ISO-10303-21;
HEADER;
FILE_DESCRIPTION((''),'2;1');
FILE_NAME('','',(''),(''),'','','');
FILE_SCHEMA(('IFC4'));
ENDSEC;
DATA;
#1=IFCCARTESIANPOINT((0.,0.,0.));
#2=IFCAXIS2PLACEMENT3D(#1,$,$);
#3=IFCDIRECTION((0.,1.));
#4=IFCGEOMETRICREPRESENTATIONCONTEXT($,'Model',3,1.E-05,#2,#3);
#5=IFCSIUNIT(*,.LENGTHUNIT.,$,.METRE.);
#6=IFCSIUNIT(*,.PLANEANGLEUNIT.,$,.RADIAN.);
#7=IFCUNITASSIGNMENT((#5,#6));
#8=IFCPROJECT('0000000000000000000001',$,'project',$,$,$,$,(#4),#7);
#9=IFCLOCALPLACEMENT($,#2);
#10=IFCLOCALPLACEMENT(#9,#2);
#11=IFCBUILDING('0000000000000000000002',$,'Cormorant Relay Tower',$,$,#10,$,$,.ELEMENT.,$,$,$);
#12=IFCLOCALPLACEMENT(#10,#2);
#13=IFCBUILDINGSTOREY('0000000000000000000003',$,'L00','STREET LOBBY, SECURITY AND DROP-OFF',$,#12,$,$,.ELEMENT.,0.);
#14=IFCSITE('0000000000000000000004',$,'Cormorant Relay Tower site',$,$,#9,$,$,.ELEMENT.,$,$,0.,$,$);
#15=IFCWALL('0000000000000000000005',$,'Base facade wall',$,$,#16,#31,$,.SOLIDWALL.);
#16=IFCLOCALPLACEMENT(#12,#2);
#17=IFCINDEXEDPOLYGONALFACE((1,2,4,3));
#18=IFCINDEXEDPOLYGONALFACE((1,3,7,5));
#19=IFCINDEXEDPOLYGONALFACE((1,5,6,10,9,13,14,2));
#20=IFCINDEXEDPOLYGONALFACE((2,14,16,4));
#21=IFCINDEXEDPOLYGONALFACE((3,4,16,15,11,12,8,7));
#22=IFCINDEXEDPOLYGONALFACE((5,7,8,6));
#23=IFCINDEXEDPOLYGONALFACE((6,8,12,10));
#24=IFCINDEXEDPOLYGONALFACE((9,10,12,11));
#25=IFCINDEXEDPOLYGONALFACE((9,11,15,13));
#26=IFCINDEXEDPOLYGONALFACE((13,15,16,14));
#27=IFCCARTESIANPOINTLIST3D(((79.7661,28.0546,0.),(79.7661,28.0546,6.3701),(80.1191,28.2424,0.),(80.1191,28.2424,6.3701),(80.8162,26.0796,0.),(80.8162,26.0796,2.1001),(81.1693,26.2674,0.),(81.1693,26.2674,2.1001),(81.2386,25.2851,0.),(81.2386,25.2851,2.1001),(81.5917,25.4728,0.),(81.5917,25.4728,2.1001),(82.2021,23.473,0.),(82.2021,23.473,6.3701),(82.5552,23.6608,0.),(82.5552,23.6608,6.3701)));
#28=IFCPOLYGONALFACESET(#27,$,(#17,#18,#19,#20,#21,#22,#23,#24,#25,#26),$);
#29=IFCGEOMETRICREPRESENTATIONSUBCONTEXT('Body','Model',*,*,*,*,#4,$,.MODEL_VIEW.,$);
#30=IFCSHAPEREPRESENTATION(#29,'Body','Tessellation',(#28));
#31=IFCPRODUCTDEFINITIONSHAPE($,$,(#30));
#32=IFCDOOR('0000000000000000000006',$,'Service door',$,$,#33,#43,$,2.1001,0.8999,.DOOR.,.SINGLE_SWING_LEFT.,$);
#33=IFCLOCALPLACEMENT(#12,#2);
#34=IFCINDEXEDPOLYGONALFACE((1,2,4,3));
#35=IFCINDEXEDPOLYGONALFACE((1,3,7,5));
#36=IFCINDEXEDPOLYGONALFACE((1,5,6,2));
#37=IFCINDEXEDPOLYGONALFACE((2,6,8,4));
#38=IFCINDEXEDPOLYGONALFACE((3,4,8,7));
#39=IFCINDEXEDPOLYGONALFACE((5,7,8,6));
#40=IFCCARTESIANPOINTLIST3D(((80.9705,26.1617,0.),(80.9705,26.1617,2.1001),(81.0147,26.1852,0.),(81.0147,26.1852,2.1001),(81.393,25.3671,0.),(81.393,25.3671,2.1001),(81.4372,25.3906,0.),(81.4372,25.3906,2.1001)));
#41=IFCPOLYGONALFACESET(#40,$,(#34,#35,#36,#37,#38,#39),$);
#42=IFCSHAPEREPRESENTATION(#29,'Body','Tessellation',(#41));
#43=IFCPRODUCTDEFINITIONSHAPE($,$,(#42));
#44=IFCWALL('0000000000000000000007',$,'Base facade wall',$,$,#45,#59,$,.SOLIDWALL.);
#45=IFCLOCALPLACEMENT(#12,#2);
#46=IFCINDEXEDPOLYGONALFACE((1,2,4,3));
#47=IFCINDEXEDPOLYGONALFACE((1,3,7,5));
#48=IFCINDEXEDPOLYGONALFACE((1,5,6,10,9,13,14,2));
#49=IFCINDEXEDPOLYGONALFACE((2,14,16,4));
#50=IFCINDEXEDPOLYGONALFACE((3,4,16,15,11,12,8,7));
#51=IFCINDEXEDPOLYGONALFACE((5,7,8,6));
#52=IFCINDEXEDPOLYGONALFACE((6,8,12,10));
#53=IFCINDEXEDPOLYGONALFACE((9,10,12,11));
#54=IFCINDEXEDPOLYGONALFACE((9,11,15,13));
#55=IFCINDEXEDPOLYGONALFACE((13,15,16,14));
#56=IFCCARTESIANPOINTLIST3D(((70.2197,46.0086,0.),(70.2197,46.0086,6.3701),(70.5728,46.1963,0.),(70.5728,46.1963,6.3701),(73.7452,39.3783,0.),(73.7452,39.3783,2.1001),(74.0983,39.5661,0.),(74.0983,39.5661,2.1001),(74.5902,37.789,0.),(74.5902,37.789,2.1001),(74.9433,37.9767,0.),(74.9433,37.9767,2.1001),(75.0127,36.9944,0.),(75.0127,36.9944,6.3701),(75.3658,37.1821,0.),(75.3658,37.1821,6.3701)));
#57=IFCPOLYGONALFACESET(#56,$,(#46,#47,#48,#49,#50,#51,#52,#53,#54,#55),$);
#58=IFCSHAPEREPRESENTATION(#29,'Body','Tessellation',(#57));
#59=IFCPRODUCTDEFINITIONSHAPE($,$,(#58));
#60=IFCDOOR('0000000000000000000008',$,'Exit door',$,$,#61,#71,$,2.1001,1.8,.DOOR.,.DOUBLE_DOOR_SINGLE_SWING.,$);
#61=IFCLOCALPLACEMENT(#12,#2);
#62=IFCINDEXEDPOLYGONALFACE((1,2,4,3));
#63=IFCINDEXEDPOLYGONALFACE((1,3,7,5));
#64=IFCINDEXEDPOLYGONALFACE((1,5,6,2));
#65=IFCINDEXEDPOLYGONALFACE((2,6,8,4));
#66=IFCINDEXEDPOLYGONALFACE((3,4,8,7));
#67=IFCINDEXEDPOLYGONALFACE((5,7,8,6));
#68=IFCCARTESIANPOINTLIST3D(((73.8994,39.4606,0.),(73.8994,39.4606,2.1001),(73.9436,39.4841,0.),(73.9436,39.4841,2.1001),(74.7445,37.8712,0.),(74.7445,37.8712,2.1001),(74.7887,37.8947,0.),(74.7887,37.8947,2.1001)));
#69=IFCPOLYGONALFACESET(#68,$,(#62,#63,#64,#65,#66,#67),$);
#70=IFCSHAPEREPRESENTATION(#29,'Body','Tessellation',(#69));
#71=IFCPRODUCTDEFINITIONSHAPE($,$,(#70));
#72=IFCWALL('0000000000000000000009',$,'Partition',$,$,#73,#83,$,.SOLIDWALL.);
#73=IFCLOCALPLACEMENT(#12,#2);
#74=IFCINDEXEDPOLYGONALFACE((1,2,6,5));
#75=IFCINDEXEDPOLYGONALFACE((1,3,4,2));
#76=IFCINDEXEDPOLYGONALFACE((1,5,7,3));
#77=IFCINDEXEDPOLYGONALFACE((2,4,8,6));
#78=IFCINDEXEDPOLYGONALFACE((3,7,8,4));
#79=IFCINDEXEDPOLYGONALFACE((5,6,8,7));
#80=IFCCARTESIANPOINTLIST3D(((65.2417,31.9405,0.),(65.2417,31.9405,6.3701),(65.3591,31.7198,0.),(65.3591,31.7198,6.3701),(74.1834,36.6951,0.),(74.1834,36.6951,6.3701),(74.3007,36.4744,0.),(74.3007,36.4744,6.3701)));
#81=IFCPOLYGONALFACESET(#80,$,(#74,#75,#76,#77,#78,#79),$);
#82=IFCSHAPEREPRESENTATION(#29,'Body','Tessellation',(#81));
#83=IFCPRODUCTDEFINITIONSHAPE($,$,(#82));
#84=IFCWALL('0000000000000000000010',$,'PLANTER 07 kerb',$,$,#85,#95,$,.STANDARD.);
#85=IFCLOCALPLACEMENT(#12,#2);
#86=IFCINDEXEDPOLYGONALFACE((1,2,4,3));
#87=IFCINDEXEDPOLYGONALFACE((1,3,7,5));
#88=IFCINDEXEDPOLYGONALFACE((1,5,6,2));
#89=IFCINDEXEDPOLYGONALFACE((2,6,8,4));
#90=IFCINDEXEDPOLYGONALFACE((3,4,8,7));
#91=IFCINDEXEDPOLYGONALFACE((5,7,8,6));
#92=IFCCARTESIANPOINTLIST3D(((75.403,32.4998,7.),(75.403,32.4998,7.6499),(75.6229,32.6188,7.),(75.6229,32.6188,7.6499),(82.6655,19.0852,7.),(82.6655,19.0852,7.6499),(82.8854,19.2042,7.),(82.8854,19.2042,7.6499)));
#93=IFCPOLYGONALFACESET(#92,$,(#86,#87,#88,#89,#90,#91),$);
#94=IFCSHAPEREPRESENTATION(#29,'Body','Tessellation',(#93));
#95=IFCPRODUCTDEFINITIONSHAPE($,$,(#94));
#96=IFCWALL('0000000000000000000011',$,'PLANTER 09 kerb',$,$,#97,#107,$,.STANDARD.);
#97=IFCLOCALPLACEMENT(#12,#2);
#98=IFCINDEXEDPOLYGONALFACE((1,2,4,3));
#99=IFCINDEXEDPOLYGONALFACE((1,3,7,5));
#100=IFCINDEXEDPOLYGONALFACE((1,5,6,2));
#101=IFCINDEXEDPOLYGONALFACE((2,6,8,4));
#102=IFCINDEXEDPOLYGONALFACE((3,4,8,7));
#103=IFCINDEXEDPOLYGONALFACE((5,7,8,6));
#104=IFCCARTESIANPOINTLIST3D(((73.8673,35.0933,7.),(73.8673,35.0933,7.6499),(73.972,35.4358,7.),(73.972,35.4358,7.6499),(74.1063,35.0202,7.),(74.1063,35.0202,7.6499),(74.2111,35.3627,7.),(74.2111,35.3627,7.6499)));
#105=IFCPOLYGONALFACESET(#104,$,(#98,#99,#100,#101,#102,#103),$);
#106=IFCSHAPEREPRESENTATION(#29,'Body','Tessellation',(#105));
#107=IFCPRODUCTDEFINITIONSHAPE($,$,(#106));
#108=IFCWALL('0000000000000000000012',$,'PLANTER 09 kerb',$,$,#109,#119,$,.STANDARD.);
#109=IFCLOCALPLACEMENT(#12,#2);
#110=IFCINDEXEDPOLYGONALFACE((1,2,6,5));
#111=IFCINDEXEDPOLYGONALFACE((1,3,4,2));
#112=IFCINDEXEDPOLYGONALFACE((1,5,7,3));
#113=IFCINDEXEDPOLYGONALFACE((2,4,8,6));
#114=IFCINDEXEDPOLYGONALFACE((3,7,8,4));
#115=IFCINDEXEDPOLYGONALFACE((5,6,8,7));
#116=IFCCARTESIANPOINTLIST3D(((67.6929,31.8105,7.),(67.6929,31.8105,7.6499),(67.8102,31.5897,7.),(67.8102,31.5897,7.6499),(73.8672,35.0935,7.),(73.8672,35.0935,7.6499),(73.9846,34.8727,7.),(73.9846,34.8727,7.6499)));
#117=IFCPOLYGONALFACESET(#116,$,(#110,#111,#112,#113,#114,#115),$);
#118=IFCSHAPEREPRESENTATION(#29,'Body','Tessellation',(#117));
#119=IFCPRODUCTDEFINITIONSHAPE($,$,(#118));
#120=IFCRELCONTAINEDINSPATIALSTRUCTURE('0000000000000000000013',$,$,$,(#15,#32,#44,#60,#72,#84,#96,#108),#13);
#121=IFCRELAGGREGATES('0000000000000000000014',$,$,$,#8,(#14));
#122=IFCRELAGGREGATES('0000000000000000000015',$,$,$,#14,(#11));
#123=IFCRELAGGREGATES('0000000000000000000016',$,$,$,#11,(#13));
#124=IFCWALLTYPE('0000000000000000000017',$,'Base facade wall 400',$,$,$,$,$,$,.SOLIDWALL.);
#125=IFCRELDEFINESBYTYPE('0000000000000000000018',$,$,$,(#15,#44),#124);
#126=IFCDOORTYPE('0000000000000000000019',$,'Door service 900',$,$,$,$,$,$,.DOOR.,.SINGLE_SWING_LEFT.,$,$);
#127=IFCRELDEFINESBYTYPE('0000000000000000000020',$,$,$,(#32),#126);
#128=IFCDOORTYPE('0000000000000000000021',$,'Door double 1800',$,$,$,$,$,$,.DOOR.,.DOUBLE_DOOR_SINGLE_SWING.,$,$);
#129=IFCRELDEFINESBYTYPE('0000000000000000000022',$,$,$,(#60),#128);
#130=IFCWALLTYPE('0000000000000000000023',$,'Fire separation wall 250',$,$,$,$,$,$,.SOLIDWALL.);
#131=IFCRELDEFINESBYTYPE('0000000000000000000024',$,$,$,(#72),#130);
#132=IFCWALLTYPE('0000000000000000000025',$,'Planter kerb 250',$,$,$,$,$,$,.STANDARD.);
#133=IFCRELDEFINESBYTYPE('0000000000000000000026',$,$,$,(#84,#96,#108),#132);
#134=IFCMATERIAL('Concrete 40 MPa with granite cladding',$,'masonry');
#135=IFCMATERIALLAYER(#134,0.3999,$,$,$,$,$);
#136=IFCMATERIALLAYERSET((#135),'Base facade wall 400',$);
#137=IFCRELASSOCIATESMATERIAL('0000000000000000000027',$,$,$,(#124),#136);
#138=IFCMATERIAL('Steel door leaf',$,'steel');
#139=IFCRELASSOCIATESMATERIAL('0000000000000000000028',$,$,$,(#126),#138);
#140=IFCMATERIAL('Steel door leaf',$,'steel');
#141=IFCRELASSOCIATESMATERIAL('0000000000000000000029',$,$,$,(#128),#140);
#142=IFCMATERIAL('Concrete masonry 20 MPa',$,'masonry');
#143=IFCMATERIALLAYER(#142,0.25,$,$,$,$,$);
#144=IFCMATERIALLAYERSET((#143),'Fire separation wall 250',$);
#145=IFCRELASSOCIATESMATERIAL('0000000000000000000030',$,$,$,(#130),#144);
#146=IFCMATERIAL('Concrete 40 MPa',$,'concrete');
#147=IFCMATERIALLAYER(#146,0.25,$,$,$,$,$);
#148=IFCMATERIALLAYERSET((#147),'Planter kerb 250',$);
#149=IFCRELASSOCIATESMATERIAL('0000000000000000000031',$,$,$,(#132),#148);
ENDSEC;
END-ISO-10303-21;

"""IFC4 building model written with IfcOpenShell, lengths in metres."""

from ifc_helpers import new_model, si_unit, direction, frame, frame_2d, origin, place, context, subcontext, project, spatial, rectangle, extrude, material, layer, layer_set, type_object, element, fill, save


model = new_model("IFC4")

# Units and contexts
model_context = context("Model", 3, precision=1e-05, world=origin(), true_north=direction((0.0, 1.0)))
body_context = subcontext(model_context, "Body", "Model", "MODEL_VIEW")
ifc_project = project(units=[si_unit("LENGTHUNIT", "METRE"), si_unit("PLANEANGLEUNIT", "RADIAN")], contexts=[model_context])

# Site, building, storey
site_placement = place(None, origin())
site = spatial("IfcSite", under=ifc_project, at=site_placement, Name="Cormorant Relay Tower site", CompositionType="ELEMENT", RefElevation=0.0)
building_placement = place(site_placement, origin())
building = spatial("IfcBuilding", under=site, at=building_placement, Name="Cormorant Relay Tower", CompositionType="ELEMENT")
storey_placement = place(building_placement, origin())
storey = spatial("IfcBuildingStorey", under=building, at=storey_placement, Name="L00", Description="STREET LOBBY, SECURITY AND DROP-OFF", CompositionType="ELEMENT", Elevation=0.0)

# Walls, openings, doors
ifc_material_1 = material(Name="Concrete 40 MPa with granite cladding", Category="masonry")
ifc_layer_1 = layer(ifc_material_1, 0.3999)
ifc_layer_set_1 = layer_set([ifc_layer_1], Name="Base facade wall 400")
wall_type_1 = type_object("IfcWallType", Name="Base facade wall 400", PredefinedType="SOLIDWALL", material=ifc_layer_set_1)
wall_1_placement = place(storey_placement, frame((82.3787, 23.5669, 0.0), z_axis=(0.0, 0.0, 1.0), x_axis=(-0.469469, 0.882949, 0.0)))
wall_1 = element("IfcWall", 1, at=wall_1_placement, inside=storey, type_object=wall_type_1, Name="Base facade wall", PredefinedType="SOLIDWALL", context=body_context, shape_type="SweptSolid", body=[
    extrude(rectangle(XDim=5.189, YDim=0.3999, at=frame_2d((2.5945, 0.0))), origin(), (0.0, 0.0, 1.0), 6.3701),
])
opening_1_placement = place(wall_1_placement, frame((2.0522, 0.0, 0.0)))
opening_1 = element("IfcOpeningElement", 2, at=opening_1_placement, cuts=wall_1, PredefinedType="OPENING", context=body_context, shape_type="SweptSolid", body=[
    extrude(rectangle(XDim=0.8999, YDim=2.1001, at=frame_2d((0.45, 1.05))), frame((0.0, 0.21, 0.0), z_axis=(0.0, -1.0, 0.0), x_axis=(1.0, 0.0, 0.0)), (0.0, 0.0, 1.0), 0.4199),
])
ifc_material_2 = material(Name="Steel door leaf", Category="steel")
door_type_1 = type_object("IfcDoorType", Name="Door service 900", OperationType="SINGLE_SWING_LEFT", PredefinedType="DOOR", material=ifc_material_2)
door_1_placement = place(opening_1_placement, frame((0.8999, 0.0, 0.0), z_axis=(0.0, 0.0, 1.0), x_axis=(-1.0, 0.0, 0.0)))
door_1 = element("IfcDoor", 3, at=door_1_placement, inside=storey, type_object=door_type_1, Name="Service door", OperationType="SINGLE_SWING_LEFT", OverallHeight=2.1001, OverallWidth=0.8999, PredefinedType="DOOR", context=body_context, shape_type="SweptSolid", body=[
    extrude(rectangle(XDim=0.8999, YDim=2.1001, at=frame_2d((0.45, 1.05))), frame((0.0, 0.0249, 0.0), z_axis=(0.0, -1.0, 0.0), x_axis=(1.0, 0.0, 0.0)), (0.0, 0.0, 1.0), 0.05),
])
fill(opening_1, door_1)
wall_2_placement = place(storey_placement, frame((75.1892, 37.0884, 0.0), z_axis=(0.0, 0.0, 1.0), x_axis=(-0.469476, 0.882945, 0.0)))
wall_2 = element("IfcWall", 4, at=wall_2_placement, inside=storey, type_object=wall_type_1, Name="Base facade wall", PredefinedType="SOLIDWALL", context=body_context, shape_type="SweptSolid", body=[
    extrude(rectangle(XDim=10.2092, YDim=0.3999, at=frame_2d((5.1045, 0.0))), origin(), (0.0, 0.0, 1.0), 6.3701),
])
opening_2_placement = place(wall_2_placement, frame((0.8999, 0.0, 0.0)))
opening_2 = element("IfcOpeningElement", 5, at=opening_2_placement, cuts=wall_2, PredefinedType="OPENING", context=body_context, shape_type="SweptSolid", body=[
    extrude(rectangle(XDim=1.8, YDim=2.1001, at=frame_2d((0.8999, 1.05))), frame((0.0, 0.21, 0.0), z_axis=(0.0, -1.0, 0.0), x_axis=(1.0, 0.0, 0.0)), (0.0, 0.0, 1.0), 0.4199),
])
ifc_material_3 = material(Name="Steel door leaf", Category="steel")
door_type_2 = type_object("IfcDoorType", Name="Door double 1800", OperationType="DOUBLE_DOOR_SINGLE_SWING", PredefinedType="DOOR", material=ifc_material_3)
door_2_placement = place(opening_2_placement, frame((1.8, 0.0, 0.0), z_axis=(0.0, 0.0, 1.0), x_axis=(-1.0, 0.0, 0.0)))
door_2 = element("IfcDoor", 6, at=door_2_placement, inside=storey, type_object=door_type_2, Name="Exit door", OperationType="DOUBLE_DOOR_SINGLE_SWING", OverallHeight=2.1001, OverallWidth=1.8, PredefinedType="DOOR", context=body_context, shape_type="SweptSolid", body=[
    extrude(rectangle(XDim=1.8, YDim=2.1001, at=frame_2d((0.8999, 1.05))), frame((0.0, 0.0249, 0.0), z_axis=(0.0, -1.0, 0.0), x_axis=(1.0, 0.0, 0.0)), (0.0, 0.0, 1.0), 0.05),
])
fill(opening_2, door_2)

# Walls
ifc_material_4 = material(Name="Concrete masonry 20 MPa", Category="masonry")
ifc_layer_2 = layer(ifc_material_4, 0.25)
ifc_layer_set_2 = layer_set([ifc_layer_2], Name="Fire separation wall 250")
wall_type_2 = type_object("IfcWallType", Name="Fire separation wall 250", PredefinedType="SOLIDWALL", material=ifc_layer_set_2)
wall_3_placement = place(storey_placement, frame((74.2419, 36.5847, 0.0), z_axis=(0.0, 0.0, 1.0), x_axis=(-0.882936, -0.469493, 0.0)))
element("IfcWall", 7, at=wall_3_placement, inside=storey, type_object=wall_type_2, Name="Partition", PredefinedType="SOLIDWALL", context=body_context, shape_type="SweptSolid", body=[
    extrude(rectangle(XDim=10.1272, YDim=0.25, at=frame_2d((5.0635, 0.0))), origin(), (0.0, 0.0, 1.0), 6.3701),
])
ifc_material_5 = material(Name="Concrete 40 MPa", Category="concrete")
ifc_layer_3 = layer(ifc_material_5, 0.25)
ifc_layer_set_3 = layer_set([ifc_layer_3], Name="Planter kerb 250")
wall_type_3 = type_object("IfcWallType", Name="Planter kerb 250", PredefinedType="STANDARD", material=ifc_layer_set_3)
wall_4_placement = place(storey_placement, frame((75.5129, 32.5593, 7.0), z_axis=(0.0, 0.0, 1.0), x_axis=(0.476092, -0.879395, 0.0)))
element("IfcWall", 8, at=wall_4_placement, inside=storey, type_object=wall_type_3, Name="PLANTER 07 kerb", PredefinedType="STANDARD", context=body_context, shape_type="SweptSolid", body=[
    extrude(rectangle(XDim=15.2544, YDim=0.25, at=frame_2d((7.6272, 0.0))), origin(), (0.0, 0.0, 1.0), 0.6499),
])
wall_5_placement = place(storey_placement, frame((74.0916, 35.3994, 7.0), z_axis=(0.0, 0.0, 1.0), x_axis=(-0.292409, -0.956293, 0.0)))
element("IfcWall", 9, at=wall_5_placement, inside=storey, type_object=wall_type_3, Name="PLANTER 09 kerb", PredefinedType="STANDARD", context=body_context, shape_type="SweptSolid", body=[
    extrude(rectangle(XDim=0.3582, YDim=0.25, at=frame_2d((0.1792, 0.0))), origin(), (0.0, 0.0, 1.0), 0.6499),
])
wall_6_placement = place(storey_placement, frame((73.926, 34.9832, 7.0), z_axis=(0.0, 0.0, 1.0), x_axis=(-0.882947, -0.469473, 0.0)))
element("IfcWall", 10, at=wall_6_placement, inside=storey, type_object=wall_type_3, Name="PLANTER 09 kerb", PredefinedType="STANDARD", context=body_context, shape_type="SweptSolid", body=[
    extrude(rectangle(XDim=6.9929, YDim=0.25, at=frame_2d((3.4966, 0.0))), origin(), (0.0, 0.0, 1.0), 0.6499),
])

save(model, "model.ifc")
